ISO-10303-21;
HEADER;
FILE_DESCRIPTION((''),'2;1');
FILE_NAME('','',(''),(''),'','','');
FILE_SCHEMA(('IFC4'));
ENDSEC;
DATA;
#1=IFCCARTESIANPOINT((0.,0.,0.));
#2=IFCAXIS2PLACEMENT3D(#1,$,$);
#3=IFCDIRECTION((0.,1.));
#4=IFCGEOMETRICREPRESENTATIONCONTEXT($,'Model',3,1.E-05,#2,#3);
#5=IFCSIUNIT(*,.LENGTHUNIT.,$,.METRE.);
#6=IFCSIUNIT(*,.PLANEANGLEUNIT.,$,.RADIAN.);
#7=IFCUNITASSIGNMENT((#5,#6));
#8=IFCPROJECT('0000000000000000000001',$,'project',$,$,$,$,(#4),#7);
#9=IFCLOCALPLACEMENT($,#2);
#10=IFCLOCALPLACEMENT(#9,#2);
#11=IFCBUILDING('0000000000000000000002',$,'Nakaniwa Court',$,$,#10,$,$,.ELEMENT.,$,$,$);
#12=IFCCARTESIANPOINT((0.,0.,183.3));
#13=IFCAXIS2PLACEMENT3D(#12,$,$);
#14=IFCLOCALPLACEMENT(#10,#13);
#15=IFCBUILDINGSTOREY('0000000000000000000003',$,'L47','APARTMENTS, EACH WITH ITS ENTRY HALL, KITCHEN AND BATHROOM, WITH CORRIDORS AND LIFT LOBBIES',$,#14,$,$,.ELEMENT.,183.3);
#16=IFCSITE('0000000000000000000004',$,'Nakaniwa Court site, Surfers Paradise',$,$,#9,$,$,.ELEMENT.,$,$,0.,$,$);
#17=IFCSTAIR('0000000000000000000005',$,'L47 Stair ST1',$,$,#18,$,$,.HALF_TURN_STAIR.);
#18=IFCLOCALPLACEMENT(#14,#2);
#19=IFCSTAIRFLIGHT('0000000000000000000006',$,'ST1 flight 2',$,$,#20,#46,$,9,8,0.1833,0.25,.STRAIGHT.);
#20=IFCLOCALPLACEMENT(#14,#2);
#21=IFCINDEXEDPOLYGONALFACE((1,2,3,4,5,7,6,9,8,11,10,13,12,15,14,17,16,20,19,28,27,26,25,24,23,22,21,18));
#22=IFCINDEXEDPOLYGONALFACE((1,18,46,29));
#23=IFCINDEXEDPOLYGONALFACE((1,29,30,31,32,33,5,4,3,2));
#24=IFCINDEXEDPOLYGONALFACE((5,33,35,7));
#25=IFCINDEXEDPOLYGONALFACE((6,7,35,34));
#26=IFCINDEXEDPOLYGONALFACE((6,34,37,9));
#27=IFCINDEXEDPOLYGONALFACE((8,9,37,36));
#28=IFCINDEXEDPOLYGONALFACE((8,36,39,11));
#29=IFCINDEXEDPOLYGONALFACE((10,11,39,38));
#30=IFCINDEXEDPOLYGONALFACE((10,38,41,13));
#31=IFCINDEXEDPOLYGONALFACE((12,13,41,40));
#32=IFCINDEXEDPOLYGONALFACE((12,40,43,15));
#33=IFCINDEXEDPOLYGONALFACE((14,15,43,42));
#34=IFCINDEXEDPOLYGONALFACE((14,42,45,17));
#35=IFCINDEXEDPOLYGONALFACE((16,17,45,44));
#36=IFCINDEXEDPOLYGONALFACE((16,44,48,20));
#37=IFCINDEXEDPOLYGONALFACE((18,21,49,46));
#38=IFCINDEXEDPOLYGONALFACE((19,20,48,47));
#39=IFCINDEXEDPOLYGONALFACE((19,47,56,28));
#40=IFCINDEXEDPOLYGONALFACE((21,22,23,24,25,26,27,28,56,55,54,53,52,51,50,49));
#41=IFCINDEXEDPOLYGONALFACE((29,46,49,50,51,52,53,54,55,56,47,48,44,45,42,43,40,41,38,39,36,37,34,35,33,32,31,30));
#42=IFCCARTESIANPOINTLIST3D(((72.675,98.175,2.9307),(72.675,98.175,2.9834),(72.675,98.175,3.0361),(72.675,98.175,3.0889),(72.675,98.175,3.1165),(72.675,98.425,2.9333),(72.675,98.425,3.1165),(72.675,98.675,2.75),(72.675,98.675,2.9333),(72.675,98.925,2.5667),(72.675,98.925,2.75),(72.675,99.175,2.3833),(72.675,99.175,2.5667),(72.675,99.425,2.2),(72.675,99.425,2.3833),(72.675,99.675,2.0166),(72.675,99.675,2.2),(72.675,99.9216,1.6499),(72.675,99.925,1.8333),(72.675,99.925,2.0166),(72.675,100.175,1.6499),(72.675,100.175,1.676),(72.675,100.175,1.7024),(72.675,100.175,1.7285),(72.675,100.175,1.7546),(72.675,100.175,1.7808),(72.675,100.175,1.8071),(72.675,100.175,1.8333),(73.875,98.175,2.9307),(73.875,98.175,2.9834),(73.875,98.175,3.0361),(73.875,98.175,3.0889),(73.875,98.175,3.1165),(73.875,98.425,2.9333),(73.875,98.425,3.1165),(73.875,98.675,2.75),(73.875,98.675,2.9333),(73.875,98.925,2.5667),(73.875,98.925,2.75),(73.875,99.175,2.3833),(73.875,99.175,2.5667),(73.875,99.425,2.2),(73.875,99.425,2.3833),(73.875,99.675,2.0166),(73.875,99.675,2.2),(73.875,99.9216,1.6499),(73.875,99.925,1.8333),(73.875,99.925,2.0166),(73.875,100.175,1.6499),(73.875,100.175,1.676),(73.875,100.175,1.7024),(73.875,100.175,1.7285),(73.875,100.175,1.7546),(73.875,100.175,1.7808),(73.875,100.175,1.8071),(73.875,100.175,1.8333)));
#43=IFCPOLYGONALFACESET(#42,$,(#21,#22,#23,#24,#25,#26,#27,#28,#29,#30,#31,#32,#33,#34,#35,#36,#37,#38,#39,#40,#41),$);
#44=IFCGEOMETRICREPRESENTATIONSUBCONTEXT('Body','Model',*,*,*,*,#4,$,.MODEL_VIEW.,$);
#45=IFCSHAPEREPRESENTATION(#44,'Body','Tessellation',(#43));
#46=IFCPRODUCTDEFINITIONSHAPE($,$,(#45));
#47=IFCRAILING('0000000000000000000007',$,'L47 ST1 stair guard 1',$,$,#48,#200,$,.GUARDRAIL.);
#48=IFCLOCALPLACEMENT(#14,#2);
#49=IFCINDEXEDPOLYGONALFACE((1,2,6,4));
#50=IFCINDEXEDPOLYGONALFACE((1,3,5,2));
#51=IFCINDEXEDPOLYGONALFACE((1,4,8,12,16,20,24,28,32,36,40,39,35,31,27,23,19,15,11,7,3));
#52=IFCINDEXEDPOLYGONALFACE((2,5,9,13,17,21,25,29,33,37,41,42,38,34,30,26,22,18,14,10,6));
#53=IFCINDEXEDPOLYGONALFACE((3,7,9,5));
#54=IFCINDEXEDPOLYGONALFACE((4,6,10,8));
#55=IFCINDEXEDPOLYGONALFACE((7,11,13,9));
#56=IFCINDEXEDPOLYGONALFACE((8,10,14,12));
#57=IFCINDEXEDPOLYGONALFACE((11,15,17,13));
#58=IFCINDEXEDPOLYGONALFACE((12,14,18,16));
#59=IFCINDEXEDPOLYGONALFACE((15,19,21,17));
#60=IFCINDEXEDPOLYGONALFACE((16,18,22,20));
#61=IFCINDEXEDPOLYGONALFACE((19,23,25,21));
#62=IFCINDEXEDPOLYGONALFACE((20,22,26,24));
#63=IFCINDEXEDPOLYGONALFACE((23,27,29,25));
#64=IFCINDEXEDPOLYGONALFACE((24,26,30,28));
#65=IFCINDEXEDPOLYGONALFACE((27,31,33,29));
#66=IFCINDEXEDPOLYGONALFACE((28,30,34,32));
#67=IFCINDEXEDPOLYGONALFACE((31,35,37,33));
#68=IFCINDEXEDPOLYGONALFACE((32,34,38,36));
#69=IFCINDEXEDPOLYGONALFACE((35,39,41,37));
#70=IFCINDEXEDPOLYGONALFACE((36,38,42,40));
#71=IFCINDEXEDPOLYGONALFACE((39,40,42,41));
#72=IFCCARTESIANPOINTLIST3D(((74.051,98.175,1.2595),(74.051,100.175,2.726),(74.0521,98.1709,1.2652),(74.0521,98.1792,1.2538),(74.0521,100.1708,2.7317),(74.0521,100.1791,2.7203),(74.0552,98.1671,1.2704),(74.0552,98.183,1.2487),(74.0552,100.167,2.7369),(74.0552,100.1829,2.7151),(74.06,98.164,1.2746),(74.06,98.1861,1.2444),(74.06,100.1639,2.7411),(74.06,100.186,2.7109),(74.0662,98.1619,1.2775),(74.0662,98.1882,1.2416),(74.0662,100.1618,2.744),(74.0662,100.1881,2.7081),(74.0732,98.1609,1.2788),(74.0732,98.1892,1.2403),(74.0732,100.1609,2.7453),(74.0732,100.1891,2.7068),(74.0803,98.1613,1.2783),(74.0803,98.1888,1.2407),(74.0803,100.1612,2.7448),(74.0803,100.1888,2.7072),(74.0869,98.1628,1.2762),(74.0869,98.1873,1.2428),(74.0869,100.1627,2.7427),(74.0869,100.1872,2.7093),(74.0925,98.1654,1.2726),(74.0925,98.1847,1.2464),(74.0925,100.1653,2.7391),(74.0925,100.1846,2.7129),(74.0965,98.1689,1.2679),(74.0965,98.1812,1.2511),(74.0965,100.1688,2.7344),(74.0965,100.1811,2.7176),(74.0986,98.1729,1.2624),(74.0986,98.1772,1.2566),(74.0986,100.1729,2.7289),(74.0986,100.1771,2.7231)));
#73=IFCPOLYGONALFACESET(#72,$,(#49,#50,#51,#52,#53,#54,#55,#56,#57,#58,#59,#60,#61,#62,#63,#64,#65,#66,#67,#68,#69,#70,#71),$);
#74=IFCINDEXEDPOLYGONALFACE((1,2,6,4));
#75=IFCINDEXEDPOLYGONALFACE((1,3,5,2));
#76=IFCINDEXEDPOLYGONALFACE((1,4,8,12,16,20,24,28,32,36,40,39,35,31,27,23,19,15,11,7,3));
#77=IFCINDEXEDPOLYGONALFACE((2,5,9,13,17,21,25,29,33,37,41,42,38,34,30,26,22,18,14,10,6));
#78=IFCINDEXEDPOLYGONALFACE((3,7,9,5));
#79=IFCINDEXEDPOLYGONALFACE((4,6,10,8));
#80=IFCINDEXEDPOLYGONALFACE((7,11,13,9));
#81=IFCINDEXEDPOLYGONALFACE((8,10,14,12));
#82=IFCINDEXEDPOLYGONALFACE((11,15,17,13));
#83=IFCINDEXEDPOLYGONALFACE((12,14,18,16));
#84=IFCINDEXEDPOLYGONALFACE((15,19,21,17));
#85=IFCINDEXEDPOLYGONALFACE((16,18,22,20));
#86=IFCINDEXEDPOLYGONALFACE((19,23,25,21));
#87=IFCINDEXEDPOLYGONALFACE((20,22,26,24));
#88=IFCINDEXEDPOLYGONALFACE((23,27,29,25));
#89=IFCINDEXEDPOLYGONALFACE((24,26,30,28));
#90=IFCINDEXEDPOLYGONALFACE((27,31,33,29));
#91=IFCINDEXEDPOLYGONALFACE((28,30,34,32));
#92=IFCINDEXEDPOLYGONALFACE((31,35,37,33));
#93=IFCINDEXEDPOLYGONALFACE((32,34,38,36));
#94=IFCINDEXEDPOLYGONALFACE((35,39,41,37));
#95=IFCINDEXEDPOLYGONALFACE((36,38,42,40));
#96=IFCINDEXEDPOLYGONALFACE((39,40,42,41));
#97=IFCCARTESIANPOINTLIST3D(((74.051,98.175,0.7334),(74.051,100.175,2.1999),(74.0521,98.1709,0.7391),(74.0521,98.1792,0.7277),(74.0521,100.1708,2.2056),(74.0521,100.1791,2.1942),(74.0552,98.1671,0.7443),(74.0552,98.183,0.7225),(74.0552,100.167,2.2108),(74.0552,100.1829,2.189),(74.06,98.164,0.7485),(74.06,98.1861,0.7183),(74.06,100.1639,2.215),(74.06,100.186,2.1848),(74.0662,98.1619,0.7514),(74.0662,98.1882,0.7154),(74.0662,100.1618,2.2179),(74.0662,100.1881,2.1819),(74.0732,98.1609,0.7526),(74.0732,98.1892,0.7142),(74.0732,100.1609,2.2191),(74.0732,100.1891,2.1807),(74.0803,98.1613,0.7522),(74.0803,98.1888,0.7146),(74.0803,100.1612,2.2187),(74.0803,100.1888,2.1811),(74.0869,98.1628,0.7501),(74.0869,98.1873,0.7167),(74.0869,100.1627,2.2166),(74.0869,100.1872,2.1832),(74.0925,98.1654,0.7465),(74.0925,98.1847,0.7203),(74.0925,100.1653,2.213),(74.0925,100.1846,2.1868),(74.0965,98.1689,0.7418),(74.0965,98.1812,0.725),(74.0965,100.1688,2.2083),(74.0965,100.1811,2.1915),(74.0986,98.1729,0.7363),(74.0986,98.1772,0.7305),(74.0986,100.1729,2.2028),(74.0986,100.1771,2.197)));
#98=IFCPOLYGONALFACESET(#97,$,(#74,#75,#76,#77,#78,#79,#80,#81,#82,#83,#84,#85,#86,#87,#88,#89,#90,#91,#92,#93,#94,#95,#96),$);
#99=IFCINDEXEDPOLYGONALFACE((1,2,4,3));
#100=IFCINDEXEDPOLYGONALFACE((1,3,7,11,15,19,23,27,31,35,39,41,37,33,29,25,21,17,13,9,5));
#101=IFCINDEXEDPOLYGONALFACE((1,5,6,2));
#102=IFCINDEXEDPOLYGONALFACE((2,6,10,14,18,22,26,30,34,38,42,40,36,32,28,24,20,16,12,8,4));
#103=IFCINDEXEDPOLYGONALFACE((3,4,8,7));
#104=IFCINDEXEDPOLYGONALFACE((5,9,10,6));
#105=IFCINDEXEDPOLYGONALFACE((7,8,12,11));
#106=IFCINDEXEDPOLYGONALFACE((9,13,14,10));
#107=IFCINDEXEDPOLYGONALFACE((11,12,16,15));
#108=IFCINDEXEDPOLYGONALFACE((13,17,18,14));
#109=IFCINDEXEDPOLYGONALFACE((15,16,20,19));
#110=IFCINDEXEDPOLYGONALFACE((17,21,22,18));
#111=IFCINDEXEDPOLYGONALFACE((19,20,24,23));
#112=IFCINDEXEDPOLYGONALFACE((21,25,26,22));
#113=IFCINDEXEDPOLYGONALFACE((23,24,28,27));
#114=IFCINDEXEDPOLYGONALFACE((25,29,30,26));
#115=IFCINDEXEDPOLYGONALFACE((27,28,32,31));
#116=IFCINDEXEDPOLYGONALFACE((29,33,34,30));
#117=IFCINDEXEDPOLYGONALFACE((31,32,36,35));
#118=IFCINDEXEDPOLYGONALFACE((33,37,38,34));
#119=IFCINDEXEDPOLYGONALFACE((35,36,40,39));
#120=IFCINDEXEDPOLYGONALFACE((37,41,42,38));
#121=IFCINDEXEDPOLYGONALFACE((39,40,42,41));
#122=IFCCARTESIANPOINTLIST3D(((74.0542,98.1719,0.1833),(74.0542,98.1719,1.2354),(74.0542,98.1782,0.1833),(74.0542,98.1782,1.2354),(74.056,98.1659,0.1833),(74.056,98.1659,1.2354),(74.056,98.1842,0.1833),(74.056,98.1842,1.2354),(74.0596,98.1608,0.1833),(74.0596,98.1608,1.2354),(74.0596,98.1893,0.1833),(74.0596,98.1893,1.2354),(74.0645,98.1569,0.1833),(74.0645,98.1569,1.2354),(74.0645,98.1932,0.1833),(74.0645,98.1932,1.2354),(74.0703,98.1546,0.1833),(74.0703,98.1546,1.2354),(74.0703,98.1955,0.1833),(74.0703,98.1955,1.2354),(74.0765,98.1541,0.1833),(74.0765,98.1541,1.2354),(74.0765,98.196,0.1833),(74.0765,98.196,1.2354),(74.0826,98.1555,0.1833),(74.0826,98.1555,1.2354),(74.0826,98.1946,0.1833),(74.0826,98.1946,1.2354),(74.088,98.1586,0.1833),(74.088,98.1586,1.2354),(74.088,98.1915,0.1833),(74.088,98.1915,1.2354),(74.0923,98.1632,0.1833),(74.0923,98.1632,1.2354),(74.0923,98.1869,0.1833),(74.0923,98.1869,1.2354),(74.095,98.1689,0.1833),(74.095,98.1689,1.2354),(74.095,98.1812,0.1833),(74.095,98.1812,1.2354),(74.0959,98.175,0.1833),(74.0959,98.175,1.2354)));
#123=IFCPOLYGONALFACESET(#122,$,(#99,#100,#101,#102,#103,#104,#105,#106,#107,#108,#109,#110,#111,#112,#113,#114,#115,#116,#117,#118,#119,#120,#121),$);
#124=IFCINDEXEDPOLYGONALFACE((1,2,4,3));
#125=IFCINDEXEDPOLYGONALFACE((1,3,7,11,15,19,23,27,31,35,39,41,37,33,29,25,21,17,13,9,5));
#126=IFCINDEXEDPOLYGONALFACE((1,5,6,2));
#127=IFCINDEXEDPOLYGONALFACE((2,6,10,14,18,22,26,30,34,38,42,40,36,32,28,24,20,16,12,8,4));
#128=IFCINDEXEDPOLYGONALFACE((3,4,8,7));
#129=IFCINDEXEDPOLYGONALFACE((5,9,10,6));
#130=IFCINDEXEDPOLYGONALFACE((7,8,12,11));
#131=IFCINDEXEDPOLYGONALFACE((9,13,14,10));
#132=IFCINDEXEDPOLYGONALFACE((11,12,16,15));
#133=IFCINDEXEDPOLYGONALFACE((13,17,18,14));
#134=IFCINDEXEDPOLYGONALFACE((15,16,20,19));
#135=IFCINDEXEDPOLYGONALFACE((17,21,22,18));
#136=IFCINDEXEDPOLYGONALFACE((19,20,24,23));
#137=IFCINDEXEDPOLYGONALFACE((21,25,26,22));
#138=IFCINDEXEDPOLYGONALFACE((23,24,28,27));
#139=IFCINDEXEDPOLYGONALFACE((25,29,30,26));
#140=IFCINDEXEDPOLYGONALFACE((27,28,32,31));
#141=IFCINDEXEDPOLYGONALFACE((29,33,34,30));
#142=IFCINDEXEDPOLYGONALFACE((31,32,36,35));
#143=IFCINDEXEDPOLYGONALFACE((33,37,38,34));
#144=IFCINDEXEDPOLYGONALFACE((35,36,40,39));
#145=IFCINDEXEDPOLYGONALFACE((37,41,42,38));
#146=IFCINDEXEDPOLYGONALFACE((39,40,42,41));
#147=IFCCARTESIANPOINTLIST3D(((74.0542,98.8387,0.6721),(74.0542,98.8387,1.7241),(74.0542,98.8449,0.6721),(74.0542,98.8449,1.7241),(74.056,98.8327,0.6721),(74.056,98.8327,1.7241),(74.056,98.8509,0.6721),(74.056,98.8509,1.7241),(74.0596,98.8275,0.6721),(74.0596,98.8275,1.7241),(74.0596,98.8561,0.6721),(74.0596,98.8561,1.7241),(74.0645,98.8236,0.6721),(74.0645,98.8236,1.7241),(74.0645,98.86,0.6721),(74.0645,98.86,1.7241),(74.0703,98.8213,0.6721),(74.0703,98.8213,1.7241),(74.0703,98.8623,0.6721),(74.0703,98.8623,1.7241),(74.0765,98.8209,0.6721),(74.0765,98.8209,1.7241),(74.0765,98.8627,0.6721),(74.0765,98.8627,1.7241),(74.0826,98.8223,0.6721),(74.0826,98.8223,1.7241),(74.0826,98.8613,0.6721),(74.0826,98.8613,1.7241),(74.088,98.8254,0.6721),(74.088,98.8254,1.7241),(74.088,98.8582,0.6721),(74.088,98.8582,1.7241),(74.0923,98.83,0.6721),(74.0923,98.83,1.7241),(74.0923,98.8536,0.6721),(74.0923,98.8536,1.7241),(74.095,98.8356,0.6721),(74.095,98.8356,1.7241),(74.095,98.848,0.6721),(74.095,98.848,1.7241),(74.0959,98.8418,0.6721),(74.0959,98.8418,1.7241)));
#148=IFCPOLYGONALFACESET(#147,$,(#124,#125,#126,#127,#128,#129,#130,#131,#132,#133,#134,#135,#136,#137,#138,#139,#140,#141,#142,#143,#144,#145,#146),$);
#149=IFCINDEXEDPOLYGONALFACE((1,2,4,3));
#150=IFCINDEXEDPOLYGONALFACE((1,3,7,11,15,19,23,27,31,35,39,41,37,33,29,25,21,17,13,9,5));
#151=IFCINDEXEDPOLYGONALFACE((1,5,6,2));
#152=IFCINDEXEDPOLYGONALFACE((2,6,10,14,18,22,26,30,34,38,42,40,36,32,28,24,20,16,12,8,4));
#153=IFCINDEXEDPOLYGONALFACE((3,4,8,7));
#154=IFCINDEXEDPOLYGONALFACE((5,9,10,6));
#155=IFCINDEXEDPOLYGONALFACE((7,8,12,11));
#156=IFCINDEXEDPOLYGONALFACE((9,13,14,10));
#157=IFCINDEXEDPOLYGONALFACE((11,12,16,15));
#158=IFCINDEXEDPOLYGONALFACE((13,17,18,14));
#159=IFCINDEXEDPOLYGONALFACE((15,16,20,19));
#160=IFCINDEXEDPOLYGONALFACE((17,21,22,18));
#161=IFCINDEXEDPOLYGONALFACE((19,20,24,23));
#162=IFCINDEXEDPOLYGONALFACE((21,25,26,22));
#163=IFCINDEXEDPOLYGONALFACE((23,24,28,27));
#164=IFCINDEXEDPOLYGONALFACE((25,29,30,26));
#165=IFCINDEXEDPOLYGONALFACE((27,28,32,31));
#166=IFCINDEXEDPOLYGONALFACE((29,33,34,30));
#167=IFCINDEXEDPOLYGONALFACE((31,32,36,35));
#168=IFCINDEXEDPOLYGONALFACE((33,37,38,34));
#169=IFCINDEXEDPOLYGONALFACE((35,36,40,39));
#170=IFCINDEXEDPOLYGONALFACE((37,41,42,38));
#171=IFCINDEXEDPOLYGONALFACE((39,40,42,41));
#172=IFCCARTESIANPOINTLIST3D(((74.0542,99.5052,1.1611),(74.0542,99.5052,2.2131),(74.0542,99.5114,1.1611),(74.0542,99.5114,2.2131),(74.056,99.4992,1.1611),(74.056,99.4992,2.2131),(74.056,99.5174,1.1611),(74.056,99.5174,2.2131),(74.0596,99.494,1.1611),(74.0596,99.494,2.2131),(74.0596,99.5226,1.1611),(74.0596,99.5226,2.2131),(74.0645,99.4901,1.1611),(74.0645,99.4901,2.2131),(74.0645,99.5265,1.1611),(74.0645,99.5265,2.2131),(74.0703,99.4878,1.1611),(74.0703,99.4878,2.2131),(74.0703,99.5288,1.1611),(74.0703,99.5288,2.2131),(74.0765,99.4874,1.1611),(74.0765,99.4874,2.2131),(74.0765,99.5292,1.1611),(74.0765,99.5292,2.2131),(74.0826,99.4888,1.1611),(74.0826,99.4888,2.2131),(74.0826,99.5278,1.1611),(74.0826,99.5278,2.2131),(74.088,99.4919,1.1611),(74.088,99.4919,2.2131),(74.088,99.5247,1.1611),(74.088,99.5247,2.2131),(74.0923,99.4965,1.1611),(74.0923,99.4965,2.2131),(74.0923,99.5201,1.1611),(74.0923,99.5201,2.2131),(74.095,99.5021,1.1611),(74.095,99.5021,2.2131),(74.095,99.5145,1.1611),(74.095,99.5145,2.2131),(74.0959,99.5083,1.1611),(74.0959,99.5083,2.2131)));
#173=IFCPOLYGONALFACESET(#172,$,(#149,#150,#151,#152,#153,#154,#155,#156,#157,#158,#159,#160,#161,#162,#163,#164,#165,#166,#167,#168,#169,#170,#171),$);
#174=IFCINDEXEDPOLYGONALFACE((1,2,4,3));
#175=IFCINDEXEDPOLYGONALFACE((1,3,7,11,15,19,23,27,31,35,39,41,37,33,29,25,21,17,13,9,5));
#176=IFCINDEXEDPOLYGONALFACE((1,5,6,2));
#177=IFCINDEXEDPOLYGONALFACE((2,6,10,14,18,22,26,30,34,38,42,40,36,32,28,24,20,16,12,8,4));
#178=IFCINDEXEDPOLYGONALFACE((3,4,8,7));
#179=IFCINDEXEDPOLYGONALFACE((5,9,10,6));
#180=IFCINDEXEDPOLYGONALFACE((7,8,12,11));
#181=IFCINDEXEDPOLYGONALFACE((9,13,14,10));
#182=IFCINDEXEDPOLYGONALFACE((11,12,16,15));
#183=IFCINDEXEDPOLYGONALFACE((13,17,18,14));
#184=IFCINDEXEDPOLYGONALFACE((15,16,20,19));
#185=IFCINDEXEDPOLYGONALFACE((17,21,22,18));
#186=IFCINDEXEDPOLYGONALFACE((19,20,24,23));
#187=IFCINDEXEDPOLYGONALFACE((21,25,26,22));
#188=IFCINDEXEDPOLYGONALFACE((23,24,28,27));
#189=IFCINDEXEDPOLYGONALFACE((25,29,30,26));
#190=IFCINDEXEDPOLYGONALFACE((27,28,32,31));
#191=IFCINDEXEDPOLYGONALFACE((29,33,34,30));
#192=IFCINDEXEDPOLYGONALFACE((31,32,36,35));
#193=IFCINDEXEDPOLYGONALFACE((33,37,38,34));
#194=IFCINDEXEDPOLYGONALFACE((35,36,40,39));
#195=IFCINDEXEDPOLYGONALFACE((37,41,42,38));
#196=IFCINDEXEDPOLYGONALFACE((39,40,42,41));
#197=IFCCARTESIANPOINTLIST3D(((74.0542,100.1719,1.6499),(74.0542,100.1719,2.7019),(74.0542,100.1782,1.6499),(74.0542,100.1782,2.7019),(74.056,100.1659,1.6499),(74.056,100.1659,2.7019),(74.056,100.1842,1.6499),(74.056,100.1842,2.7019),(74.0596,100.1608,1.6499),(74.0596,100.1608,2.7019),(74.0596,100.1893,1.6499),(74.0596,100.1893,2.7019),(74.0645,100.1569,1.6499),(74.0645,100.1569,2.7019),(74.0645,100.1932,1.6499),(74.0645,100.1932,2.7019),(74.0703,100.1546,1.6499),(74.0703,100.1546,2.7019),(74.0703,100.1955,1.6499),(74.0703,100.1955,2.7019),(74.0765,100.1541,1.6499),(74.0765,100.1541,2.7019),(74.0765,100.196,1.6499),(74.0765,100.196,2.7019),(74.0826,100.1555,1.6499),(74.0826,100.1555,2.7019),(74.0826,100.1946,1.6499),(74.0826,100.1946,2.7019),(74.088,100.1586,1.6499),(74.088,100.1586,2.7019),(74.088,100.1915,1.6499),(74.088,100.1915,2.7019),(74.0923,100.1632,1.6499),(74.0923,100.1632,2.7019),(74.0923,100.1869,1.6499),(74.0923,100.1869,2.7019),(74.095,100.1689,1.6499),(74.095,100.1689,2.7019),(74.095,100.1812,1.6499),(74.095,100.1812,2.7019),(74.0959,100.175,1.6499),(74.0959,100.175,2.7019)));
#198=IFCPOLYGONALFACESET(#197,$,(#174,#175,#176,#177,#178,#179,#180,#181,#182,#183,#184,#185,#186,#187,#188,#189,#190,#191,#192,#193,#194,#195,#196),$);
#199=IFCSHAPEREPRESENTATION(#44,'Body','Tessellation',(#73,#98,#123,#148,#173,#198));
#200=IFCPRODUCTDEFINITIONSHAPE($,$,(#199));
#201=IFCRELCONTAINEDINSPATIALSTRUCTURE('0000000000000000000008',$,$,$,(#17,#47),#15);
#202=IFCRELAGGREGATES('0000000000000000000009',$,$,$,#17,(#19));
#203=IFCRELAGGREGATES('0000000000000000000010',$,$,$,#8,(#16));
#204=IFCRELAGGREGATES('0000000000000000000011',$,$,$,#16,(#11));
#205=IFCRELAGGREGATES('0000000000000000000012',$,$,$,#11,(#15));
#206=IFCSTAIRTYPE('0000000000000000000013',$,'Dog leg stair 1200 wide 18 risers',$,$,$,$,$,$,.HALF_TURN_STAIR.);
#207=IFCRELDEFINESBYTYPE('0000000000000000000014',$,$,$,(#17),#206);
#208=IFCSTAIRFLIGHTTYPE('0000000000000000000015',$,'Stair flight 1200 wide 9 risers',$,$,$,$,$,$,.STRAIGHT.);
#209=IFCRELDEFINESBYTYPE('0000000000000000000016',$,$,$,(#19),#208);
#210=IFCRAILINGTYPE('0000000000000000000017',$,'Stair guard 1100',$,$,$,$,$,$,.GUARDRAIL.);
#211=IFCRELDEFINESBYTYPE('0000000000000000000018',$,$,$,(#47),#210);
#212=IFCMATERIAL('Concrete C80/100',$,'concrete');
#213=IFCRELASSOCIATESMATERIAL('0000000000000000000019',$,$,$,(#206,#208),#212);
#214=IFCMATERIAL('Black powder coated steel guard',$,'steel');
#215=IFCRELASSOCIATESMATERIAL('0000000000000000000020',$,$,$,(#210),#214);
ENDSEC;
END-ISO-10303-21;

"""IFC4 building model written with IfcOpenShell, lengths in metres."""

from ifc_helpers import new_model, si_unit, direction, frame, origin, origin_2d, place, context, subcontext, project, spatial, polyline, circle, outline, extrude, material, type_object, element, aggregate, save


model = new_model("IFC4")

# Units and contexts
model_context = context("Model", 3, precision=1e-05, world=origin(), true_north=direction((0.0, 1.0)))
body_context = subcontext(model_context, "Body", "Model", "MODEL_VIEW")
ifc_project = project(units=[si_unit("LENGTHUNIT", "METRE"), si_unit("PLANEANGLEUNIT", "RADIAN")], contexts=[model_context])

# Site, building, storey
site_placement = place(None, origin())
site = spatial("IfcSite", under=ifc_project, at=site_placement, Name="Nakaniwa Court site, Surfers Paradise", CompositionType="ELEMENT", RefElevation=0.0)
building_placement = place(site_placement, origin())
building = spatial("IfcBuilding", under=site, at=building_placement, Name="Nakaniwa Court", CompositionType="ELEMENT")
storey_placement = place(building_placement, frame((0.0, 0.0, 183.3)))
storey = spatial("IfcBuildingStorey", under=building, at=storey_placement, Name="L47", Description="APARTMENTS, EACH WITH ITS ENTRY HALL, KITCHEN AND BATHROOM, WITH CORRIDORS AND LIFT LOBBIES", CompositionType="ELEMENT", Elevation=183.3)

# Shared definitions
ifc_material_1 = material(Name="Concrete C80/100", Category="concrete")

# Stair, stair flight
stair_type = type_object("IfcStairType", Name="Dog leg stair 1200 wide 18 risers", PredefinedType="HALF_TURN_STAIR", material=ifc_material_1)
stair_placement = place(storey_placement, origin())
stair = element("IfcStair", 1, at=stair_placement, inside=storey, type_object=stair_type, Name="L47 Stair ST1", PredefinedType="HALF_TURN_STAIR")
stair_flight_type = type_object("IfcStairFlightType", Name="Stair flight 1200 wide 9 risers", PredefinedType="STRAIGHT", material=ifc_material_1)
stair_flight_1_placement = place(storey_placement, frame((73.2749, 100.175, 1.6499), z_axis=(0.0, 0.0, 1.0), x_axis=(0.0, -1.0, 0.0)))
stair_flight_1 = element("IfcStairFlight", 2, at=stair_flight_1_placement, type_object=stair_flight_type, Name="ST1 flight 2", NumberOfRisers=9, NumberOfTreads=8, PredefinedType="STRAIGHT", RiserHeight=0.1833, TreadLength=0.25, context=body_context, shape_type="SweptSolid", body=[
    extrude(outline(polyline([(0.0, 0.0), (0.0, 0.0261), (0.0, 0.0525), (0.0, 0.0786), (0.0, 0.1047), (0.0, 0.1309), (0.0, 0.1572), (0.0, 0.1833), (0.25, 0.1833), (0.25, 0.3667), (0.5, 0.3667), (0.5, 0.55), (0.75, 0.55), (0.75, 0.7334), (1.0, 0.7334), (1.0, 0.9167), (1.25, 0.9167), (1.25, 1.1001), (1.5, 1.1001), (1.5, 1.2834), (1.75, 1.2834), (1.75, 1.4666), (2.0, 1.4666), (2.0, 1.6499), (2.0, 1.5972), (2.0, 1.5444), (2.0, 1.4917), (2.0, 1.439), (2.0, 1.3862), (2.0, 1.3335), (2.0, 1.2808), (0.2534, 0.0), (0.0, 0.0)])), frame((0.0, 0.6001, 0.0), z_axis=(0.0, -1.0, 0.0), x_axis=(1.0, 0.0, 0.0)), (0.0, 0.0, 1.0), 1.2),
])
aggregate(stair, [stair_flight_1])

# Railing
ifc_material_2 = material(Name="Black powder coated steel guard", Category="steel")
railing_type_1 = type_object("IfcRailingType", Name="Stair guard 1100", PredefinedType="GUARDRAIL", material=ifc_material_2)
railing_1_placement = place(storey_placement, frame((74.075, 98.175, 0.1833)))
element("IfcRailing", 3, at=railing_1_placement, inside=storey, type_object=railing_type_1, Name="L47 ST1 stair guard 1", PredefinedType="GUARDRAIL", context=body_context, shape_type="SweptSolid", body=[
    extrude(circle(Radius=0.0239, at=origin_2d()), frame((0.0, 0.0, 1.0762), z_axis=(0.0, 0.806427, 0.591334), x_axis=(-1.0, 0.0, 0.0)), (0.0, 0.0, 1.0), 2.48),
    extrude(circle(Radius=0.0239, at=origin_2d()), frame((0.0, 0.0, 0.55), z_axis=(0.0, 0.806427, 0.591334), x_axis=(-1.0, 0.0, 0.0)), (0.0, 0.0, 1.0), 2.48),
    extrude(circle(Radius=0.021, at=origin_2d()), origin(), (0.0, 0.0, 1.0), 1.052),
    extrude(circle(Radius=0.021, at=origin_2d()), frame((0.0, 0.6667, 0.4888)), (0.0, 0.0, 1.0), 1.052),
    extrude(circle(Radius=0.021, at=origin_2d()), frame((0.0, 1.3333, 0.9778)), (0.0, 0.0, 1.0), 1.052),
    extrude(circle(Radius=0.021, at=origin_2d()), frame((0.0, 2.0, 1.4666)), (0.0, 0.0, 1.0), 1.052),
])

save(model, "model.ifc")
